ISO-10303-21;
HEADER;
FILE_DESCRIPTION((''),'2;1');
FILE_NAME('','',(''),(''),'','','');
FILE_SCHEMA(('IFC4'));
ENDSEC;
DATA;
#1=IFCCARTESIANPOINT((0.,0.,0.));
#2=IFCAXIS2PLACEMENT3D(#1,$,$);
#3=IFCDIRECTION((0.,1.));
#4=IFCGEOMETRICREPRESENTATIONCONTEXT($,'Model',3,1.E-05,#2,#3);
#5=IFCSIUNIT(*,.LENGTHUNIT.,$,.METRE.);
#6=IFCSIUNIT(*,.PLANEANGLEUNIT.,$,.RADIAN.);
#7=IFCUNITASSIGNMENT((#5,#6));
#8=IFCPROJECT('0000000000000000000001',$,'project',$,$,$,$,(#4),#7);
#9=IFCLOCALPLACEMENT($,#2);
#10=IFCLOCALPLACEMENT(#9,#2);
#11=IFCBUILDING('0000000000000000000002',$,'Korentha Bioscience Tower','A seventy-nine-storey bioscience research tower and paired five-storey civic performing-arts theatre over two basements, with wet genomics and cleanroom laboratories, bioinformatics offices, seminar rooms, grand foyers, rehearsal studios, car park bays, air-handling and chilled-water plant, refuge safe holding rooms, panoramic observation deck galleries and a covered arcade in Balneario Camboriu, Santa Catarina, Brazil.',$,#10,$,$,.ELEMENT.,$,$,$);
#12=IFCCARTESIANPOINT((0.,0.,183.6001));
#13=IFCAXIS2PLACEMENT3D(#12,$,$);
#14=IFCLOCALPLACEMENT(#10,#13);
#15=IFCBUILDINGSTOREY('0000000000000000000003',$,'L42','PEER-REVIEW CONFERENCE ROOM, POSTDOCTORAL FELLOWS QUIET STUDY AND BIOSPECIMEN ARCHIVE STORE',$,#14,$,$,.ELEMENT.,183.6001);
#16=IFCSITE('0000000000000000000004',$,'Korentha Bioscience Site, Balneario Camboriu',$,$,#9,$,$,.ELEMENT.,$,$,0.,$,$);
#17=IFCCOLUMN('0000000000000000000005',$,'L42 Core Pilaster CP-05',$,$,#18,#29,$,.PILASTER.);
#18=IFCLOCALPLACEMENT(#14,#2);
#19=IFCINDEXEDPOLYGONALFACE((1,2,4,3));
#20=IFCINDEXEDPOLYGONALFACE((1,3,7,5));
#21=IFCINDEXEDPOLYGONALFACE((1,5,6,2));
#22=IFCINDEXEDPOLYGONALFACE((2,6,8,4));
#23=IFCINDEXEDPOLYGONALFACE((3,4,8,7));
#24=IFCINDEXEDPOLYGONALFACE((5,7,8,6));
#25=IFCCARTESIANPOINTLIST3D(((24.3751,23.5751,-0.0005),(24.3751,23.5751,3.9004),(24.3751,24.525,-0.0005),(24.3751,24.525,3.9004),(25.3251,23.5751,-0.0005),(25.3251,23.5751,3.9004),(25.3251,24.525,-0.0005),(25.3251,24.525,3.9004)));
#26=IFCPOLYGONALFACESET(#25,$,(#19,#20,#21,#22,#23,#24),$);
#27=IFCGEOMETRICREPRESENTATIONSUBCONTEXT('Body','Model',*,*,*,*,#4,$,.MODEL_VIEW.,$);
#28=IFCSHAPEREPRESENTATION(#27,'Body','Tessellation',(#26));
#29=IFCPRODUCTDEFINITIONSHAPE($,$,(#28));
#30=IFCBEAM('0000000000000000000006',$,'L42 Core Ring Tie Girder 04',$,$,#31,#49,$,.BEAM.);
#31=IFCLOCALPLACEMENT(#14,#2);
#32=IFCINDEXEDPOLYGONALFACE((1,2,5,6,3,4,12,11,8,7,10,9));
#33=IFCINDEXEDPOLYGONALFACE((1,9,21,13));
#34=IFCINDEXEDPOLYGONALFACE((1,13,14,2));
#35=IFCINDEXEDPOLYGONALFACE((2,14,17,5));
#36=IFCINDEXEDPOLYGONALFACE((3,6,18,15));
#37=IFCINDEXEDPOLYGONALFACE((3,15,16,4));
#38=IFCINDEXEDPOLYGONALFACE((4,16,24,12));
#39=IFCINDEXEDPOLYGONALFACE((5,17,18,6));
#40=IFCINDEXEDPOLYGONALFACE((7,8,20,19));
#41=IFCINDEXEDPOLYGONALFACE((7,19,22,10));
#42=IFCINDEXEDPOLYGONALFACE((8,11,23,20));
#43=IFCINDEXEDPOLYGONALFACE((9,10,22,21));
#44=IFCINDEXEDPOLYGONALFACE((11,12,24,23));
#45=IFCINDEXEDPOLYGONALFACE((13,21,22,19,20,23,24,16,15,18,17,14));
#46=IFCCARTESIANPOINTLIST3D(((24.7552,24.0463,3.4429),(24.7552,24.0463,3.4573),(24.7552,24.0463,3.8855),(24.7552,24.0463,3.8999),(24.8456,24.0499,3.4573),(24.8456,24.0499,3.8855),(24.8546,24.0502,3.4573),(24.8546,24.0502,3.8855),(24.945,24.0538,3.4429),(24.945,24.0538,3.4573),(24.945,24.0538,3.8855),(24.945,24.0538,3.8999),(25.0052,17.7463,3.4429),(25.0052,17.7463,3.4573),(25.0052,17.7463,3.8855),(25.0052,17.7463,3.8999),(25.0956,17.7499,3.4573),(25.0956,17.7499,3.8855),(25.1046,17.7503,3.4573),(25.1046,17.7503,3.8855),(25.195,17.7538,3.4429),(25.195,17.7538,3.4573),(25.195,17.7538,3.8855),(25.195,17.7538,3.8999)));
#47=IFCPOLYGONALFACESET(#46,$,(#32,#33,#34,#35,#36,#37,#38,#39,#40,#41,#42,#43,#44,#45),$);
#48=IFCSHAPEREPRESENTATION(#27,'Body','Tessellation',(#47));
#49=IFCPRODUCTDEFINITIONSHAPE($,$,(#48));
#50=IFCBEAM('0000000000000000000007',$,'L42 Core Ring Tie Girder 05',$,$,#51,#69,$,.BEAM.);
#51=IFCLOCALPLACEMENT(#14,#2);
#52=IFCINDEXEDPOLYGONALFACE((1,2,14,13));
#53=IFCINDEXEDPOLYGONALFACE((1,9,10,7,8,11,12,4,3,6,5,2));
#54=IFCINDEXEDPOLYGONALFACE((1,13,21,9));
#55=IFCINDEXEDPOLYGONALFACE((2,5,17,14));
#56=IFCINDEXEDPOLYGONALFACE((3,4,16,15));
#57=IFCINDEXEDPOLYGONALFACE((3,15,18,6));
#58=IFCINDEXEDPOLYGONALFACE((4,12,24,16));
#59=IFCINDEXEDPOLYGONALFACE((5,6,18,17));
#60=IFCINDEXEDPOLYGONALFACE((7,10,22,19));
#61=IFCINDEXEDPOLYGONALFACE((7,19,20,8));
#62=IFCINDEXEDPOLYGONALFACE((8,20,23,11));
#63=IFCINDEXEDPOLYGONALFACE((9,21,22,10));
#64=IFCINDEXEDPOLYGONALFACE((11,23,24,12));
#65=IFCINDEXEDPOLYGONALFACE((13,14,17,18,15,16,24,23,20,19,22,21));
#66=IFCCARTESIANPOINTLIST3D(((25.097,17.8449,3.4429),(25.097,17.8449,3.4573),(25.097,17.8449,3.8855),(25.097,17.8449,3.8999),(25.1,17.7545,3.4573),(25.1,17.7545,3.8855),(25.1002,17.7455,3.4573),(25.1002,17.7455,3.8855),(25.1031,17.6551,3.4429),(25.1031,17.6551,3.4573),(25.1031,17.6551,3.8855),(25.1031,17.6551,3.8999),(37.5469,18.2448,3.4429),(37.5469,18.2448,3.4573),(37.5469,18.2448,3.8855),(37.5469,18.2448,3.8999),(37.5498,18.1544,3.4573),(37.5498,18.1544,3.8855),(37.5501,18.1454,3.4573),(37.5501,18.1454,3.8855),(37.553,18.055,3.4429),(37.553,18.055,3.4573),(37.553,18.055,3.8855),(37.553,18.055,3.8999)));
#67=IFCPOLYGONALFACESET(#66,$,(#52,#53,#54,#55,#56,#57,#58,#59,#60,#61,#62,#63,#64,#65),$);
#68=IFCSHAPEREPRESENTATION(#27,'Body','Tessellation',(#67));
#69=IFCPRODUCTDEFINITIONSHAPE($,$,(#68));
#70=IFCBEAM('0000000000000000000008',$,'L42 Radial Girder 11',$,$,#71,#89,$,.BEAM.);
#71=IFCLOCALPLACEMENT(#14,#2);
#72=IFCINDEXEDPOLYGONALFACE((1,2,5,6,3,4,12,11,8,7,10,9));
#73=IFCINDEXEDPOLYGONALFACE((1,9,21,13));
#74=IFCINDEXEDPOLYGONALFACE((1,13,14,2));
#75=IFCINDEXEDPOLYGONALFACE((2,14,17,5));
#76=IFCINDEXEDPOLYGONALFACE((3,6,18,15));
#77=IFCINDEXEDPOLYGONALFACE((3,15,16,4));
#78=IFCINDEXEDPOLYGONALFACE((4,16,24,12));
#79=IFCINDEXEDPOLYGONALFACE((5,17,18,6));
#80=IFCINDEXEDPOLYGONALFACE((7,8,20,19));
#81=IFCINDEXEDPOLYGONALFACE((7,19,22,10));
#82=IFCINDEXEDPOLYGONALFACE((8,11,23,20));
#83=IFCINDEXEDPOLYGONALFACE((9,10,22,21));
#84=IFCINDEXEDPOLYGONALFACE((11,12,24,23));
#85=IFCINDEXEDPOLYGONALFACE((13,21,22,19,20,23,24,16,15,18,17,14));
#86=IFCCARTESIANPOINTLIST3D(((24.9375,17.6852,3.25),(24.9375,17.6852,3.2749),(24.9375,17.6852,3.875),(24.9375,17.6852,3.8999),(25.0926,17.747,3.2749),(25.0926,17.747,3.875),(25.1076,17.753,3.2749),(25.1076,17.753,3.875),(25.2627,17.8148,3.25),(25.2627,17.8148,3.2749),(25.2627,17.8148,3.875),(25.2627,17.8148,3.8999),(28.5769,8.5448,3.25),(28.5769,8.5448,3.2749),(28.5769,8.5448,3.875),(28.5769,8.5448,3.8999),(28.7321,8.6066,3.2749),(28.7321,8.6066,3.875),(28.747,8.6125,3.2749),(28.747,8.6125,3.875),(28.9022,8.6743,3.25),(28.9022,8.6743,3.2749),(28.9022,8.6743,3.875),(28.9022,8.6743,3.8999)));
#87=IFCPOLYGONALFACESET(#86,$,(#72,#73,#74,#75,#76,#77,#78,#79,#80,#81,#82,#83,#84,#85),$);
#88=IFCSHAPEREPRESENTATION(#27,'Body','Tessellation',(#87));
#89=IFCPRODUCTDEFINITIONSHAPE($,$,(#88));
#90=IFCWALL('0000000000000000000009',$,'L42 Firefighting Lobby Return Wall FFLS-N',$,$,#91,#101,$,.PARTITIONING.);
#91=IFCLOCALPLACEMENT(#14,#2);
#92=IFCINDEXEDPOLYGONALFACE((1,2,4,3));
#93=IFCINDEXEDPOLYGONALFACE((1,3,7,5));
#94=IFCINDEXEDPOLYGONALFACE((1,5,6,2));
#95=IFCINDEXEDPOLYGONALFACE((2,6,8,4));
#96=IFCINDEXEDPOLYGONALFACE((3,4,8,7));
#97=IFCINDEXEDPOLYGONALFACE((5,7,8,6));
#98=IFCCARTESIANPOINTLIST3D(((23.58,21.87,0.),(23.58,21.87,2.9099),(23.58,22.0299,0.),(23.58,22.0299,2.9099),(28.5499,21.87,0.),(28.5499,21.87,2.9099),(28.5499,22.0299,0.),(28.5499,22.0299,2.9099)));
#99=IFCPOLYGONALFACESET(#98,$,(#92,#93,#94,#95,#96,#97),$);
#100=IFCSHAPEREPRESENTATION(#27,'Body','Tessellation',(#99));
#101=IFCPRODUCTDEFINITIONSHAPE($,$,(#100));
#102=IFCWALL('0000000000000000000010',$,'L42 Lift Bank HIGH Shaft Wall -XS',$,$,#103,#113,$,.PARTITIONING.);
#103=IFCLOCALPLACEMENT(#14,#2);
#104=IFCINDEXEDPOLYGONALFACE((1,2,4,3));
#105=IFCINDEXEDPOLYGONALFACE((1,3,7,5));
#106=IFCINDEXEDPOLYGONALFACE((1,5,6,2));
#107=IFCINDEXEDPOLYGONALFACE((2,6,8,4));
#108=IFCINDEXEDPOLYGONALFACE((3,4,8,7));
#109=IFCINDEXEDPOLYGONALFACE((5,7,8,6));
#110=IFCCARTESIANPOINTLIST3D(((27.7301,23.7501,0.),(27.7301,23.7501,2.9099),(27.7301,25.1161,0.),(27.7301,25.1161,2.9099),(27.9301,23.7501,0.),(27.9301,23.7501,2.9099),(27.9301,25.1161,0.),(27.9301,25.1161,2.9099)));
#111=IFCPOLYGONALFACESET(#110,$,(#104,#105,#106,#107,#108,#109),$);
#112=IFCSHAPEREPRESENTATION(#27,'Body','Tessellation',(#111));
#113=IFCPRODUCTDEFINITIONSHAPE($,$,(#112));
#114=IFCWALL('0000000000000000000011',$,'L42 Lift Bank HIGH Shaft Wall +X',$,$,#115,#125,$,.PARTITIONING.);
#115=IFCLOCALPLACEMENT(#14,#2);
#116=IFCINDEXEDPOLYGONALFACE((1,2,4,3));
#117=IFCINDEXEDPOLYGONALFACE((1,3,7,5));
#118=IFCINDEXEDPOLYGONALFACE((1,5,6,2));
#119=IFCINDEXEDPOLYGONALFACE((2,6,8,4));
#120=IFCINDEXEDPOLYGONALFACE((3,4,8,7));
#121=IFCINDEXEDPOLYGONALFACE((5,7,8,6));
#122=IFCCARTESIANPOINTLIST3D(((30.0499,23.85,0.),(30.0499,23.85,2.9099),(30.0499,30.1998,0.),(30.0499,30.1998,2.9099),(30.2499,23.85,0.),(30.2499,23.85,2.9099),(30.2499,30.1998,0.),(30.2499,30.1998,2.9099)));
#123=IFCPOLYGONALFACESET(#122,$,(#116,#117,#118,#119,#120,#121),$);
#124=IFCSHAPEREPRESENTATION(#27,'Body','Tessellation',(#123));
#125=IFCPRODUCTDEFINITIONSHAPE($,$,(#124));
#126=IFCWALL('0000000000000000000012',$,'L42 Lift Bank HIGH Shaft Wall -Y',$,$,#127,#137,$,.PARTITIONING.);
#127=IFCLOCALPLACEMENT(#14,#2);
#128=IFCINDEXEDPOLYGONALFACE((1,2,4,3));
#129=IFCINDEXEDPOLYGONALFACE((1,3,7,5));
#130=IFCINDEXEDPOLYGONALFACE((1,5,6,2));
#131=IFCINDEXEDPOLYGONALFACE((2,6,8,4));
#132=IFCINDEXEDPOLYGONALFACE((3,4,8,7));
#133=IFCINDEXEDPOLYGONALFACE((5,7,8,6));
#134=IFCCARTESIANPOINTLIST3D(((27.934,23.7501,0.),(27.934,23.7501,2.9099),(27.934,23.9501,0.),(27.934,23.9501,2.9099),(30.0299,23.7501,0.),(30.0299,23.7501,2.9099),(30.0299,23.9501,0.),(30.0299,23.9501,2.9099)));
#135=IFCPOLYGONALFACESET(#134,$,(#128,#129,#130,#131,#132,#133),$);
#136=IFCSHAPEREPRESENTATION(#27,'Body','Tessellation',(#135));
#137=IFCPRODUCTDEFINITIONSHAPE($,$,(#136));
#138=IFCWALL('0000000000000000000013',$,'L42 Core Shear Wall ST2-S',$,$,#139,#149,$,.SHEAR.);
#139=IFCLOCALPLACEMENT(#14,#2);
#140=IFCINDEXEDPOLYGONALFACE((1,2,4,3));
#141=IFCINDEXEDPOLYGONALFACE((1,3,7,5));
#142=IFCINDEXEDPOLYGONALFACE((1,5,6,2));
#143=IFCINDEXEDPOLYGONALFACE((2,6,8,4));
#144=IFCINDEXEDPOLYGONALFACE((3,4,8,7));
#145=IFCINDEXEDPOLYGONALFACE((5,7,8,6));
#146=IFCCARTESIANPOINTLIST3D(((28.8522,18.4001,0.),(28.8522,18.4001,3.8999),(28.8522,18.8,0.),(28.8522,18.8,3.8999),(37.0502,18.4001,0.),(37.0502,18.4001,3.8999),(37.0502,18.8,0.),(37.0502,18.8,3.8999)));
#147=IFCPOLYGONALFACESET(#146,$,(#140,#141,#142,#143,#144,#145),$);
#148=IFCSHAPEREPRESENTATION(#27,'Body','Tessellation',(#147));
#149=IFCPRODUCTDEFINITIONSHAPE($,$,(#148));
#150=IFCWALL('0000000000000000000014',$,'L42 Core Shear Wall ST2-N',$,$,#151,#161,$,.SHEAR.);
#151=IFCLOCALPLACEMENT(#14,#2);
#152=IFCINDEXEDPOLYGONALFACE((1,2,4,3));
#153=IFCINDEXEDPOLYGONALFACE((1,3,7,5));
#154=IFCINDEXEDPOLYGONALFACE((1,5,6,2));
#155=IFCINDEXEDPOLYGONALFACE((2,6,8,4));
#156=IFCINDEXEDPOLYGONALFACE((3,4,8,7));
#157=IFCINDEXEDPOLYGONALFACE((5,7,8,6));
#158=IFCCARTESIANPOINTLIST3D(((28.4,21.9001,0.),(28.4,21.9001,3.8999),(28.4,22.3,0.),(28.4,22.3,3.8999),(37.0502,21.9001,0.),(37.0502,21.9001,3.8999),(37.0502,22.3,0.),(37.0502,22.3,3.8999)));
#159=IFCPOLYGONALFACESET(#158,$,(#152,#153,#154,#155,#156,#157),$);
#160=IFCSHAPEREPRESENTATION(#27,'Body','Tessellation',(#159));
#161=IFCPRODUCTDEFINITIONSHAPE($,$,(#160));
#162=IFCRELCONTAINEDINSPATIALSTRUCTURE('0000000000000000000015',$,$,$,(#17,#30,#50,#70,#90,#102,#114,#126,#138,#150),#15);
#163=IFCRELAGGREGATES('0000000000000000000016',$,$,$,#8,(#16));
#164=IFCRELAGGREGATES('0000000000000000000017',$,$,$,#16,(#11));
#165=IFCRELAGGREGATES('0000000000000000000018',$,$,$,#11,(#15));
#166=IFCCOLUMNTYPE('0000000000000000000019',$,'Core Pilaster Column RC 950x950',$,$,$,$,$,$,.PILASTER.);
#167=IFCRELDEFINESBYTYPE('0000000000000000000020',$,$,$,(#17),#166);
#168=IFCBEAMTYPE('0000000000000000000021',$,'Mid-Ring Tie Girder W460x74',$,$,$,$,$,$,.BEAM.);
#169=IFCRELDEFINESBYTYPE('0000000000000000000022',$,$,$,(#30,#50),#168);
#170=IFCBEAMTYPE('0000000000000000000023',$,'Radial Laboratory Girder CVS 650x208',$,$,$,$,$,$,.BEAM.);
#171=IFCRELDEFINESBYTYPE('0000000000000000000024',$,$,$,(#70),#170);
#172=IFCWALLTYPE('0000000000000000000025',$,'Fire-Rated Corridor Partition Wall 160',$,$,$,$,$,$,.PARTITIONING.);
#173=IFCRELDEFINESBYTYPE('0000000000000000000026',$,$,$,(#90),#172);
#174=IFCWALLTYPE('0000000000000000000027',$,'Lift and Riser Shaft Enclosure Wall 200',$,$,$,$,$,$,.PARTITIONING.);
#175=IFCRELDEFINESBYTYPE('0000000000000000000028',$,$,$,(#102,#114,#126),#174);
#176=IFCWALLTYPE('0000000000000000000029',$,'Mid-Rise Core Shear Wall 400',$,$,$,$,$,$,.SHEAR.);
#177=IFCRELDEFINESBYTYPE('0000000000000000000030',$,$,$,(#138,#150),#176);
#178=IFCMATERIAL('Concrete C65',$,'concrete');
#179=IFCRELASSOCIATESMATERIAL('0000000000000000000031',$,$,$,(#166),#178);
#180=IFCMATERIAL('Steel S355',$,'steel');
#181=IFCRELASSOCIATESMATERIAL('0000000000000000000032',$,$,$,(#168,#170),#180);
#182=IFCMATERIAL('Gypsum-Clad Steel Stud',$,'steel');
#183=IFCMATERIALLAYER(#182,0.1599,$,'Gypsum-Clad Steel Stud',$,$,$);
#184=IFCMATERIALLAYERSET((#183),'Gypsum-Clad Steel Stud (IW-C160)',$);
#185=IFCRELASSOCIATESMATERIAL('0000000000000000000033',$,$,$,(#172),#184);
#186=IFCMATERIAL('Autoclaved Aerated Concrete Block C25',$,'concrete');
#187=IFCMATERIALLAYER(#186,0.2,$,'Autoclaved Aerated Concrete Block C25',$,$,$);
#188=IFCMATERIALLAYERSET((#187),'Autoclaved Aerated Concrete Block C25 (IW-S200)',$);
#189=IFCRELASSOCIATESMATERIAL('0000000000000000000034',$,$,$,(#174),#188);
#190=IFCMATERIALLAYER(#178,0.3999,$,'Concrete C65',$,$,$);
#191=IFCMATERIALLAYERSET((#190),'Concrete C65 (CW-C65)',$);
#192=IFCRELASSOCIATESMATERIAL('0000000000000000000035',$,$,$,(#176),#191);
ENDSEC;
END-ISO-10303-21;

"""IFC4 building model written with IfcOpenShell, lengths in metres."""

from ifc_helpers import new_model, si_unit, direction, frame, frame_2d, origin, origin_2d, place, context, subcontext, project, spatial, rectangle, i_section, extrude, material, layer, layer_set, material_profile, profile_set, type_object, element, save


model = new_model("IFC4")

# Units and contexts
model_context = context("Model", 3, precision=1e-05, world=origin(), true_north=direction((0.0, 1.0)))
body_context = subcontext(model_context, "Body", "Model", "MODEL_VIEW")
ifc_project = project(units=[si_unit("LENGTHUNIT", "METRE"), si_unit("PLANEANGLEUNIT", "RADIAN")], contexts=[model_context])

# Site, building, storey
site_placement = place(None, origin())
site = spatial("IfcSite", under=ifc_project, at=site_placement, Name="Korentha Bioscience Site, Balneario Camboriu", CompositionType="ELEMENT", RefElevation=0.0)
building_placement = place(site_placement, origin())
building = spatial("IfcBuilding", under=site, at=building_placement, Name="Korentha Bioscience Tower", Description="A seventy-nine-storey bioscience research tower and paired five-storey civic performing-arts theatre over two basements, with wet genomics and cleanroom laboratories, bioinformatics offices, seminar rooms, grand foyers, rehearsal studios, car park bays, air-handling and chilled-water plant, refuge safe holding rooms, panoramic observation deck galleries and a covered arcade in Balneario Camboriu, Santa Catarina, Brazil.", CompositionType="ELEMENT")
storey_placement = place(building_placement, frame((0.0, 0.0, 183.6001)))
storey = spatial("IfcBuildingStorey", under=building, at=storey_placement, Name="L42", Description="PEER-REVIEW CONFERENCE ROOM, POSTDOCTORAL FELLOWS QUIET STUDY AND BIOSPECIMEN ARCHIVE STORE", CompositionType="ELEMENT", Elevation=183.6001)

# Column
ifc_material_1 = material(Name="Concrete C65", Category="concrete")
ifc_material_profile_1 = material_profile(ifc_material_1, rectangle(XDim=0.95, YDim=0.95, at=origin_2d()), Name="Concrete C65")
ifc_profile_set_1 = profile_set([ifc_material_profile_1], Name="Concrete C65 (COL-CP09)")
column_type = type_object("IfcColumnType", Name="Core Pilaster Column RC 950x950", PredefinedType="PILASTER", material=ifc_profile_set_1)
column_placement = place(storey_placement, frame((24.8501, 24.05, -0.0005), z_axis=(0.0, 0.0, 1.0), x_axis=(1.0, 0.0, 0.0)))
element("IfcColumn", 1, at=column_placement, inside=storey, type_object=column_type, Name="L42 Core Pilaster CP-05", PredefinedType="PILASTER", context=body_context, shape_type="SweptSolid", body=[
    extrude(rectangle(XDim=0.95, YDim=0.95, at=origin_2d()), origin(), (0.0, 0.0, 1.0), 3.9009),
])

# Beams
ifc_material_2 = material(Name="Steel S355", Category="steel")
ifc_material_profile_2 = material_profile(ifc_material_2, i_section(OverallWidth=0.1899, OverallDepth=0.457, WebThickness=0.009, FlangeThickness=0.0144, at=origin_2d()), Name="Steel S355")
ifc_profile_set_2 = profile_set([ifc_material_profile_2], Name="Steel S355 (MB-460)")
beam_type_1 = type_object("IfcBeamType", Name="Mid-Ring Tie Girder W460x74", PredefinedType="BEAM", material=ifc_profile_set_2)
beam_1_placement = place(storey_placement, frame((24.8501, 24.05, 3.6714), z_axis=(0.039651, -0.999214, 0.0), x_axis=(0.999214, 0.039651, 0.0)))
element("IfcBeam", 2, at=beam_1_placement, inside=storey, type_object=beam_type_1, Name="L42 Core Ring Tie Girder 04", PredefinedType="BEAM", context=body_context, shape_type="SweptSolid", body=[
    extrude(i_section(OverallWidth=0.1899, OverallDepth=0.457, WebThickness=0.009, FlangeThickness=0.0144, at=origin_2d()), origin(), (0.0, 0.0, 1.0), 6.3049),
])
beam_2_placement = place(storey_placement, frame((25.1001, 17.75, 3.6714), z_axis=(0.999485, 0.032104, 0.0), x_axis=(-0.032104, 0.999485, 0.0)))
element("IfcBeam", 3, at=beam_2_placement, inside=storey, type_object=beam_type_1, Name="L42 Core Ring Tie Girder 05", PredefinedType="BEAM", context=body_context, shape_type="SweptSolid", body=[
    extrude(i_section(OverallWidth=0.1899, OverallDepth=0.457, WebThickness=0.009, FlangeThickness=0.0144, at=origin_2d()), origin(), (0.0, 0.0, 1.0), 12.4563),
])
ifc_material_profile_3 = material_profile(ifc_material_2, i_section(OverallWidth=0.3501, OverallDepth=0.6499, WebThickness=0.0161, FlangeThickness=0.0249, at=origin_2d()), Name="Steel S355")
ifc_profile_set_3 = profile_set([ifc_material_profile_3], Name="Steel S355 (RB-650)")
beam_type_2 = type_object("IfcBeamType", Name="Radial Laboratory Girder CVS 650x208", PredefinedType="BEAM", material=ifc_profile_set_3)
beam_3_placement = place(storey_placement, frame((25.1001, 17.75, 3.575), z_axis=(0.369923, -0.929063, 0.0), x_axis=(0.929063, 0.369923, 0.0)))
element("IfcBeam", 4, at=beam_3_placement, inside=storey, type_object=beam_type_2, Name="L42 Radial Girder 11", PredefinedType="BEAM", context=body_context, shape_type="SweptSolid", body=[
    extrude(i_section(OverallWidth=0.3501, OverallDepth=0.6499, WebThickness=0.0161, FlangeThickness=0.0249, at=origin_2d()), origin(), (0.0, 0.0, 1.0), 9.8384),
])

# Walls
ifc_material_3 = material(Name="Gypsum-Clad Steel Stud", Category="steel")
ifc_layer_1 = layer(ifc_material_3, 0.1599, Name="Gypsum-Clad Steel Stud")
ifc_layer_set_1 = layer_set([ifc_layer_1], Name="Gypsum-Clad Steel Stud (IW-C160)")
wall_type_1 = type_object("IfcWallType", Name="Fire-Rated Corridor Partition Wall 160", PredefinedType="PARTITIONING", material=ifc_layer_set_1)
wall_1_placement = place(storey_placement, frame((23.5801, 21.95, 0.0), z_axis=(0.0, 0.0, 1.0), x_axis=(1.0, 0.0, 0.0)))
element("IfcWall", 5, at=wall_1_placement, inside=storey, type_object=wall_type_1, Name="L42 Firefighting Lobby Return Wall FFLS-N", PredefinedType="PARTITIONING", context=body_context, shape_type="SweptSolid", body=[
    extrude(rectangle(XDim=4.97, YDim=0.1599, at=frame_2d((2.4849, 0.0))), origin(), (0.0, 0.0, 1.0), 2.9099),
])
ifc_material_4 = material(Name="Autoclaved Aerated Concrete Block C25", Category="concrete")
ifc_layer_2 = layer(ifc_material_4, 0.2, Name="Autoclaved Aerated Concrete Block C25")
ifc_layer_set_2 = layer_set([ifc_layer_2], Name="Autoclaved Aerated Concrete Block C25 (IW-S200)")
wall_type_2 = type_object("IfcWallType", Name="Lift and Riser Shaft Enclosure Wall 200", PredefinedType="PARTITIONING", material=ifc_layer_set_2)
wall_2_placement = place(storey_placement, frame((27.8301, 23.75, 0.0), z_axis=(0.0, 0.0, 1.0), x_axis=(0.0, 1.0, 0.0)))
element("IfcWall", 6, at=wall_2_placement, inside=storey, type_object=wall_type_2, Name="L42 Lift Bank HIGH Shaft Wall -XS", PredefinedType="PARTITIONING", context=body_context, shape_type="SweptSolid", body=[
    extrude(rectangle(XDim=1.366, YDim=0.2, at=frame_2d((0.6831, 0.0))), origin(), (0.0, 0.0, 1.0), 2.9099),
])
wall_3_placement = place(storey_placement, frame((30.1499, 23.8501, 0.0), z_axis=(0.0, 0.0, 1.0), x_axis=(0.0, 1.0, 0.0)))
element("IfcWall", 7, at=wall_3_placement, inside=storey, type_object=wall_type_2, Name="L42 Lift Bank HIGH Shaft Wall +X", PredefinedType="PARTITIONING", context=body_context, shape_type="SweptSolid", body=[
    extrude(rectangle(XDim=6.3499, YDim=0.2, at=frame_2d((3.1748, 0.0))), origin(), (0.0, 0.0, 1.0), 2.9099),
])
wall_4_placement = place(storey_placement, frame((27.9341, 23.8501, 0.0), z_axis=(0.0, 0.0, 1.0), x_axis=(1.0, 0.0, 0.0)))
element("IfcWall", 8, at=wall_4_placement, inside=storey, type_object=wall_type_2, Name="L42 Lift Bank HIGH Shaft Wall -Y", PredefinedType="PARTITIONING", context=body_context, shape_type="SweptSolid", body=[
    extrude(rectangle(XDim=2.0959, YDim=0.2, at=frame_2d((1.0479, 0.0))), origin(), (0.0, 0.0, 1.0), 2.9099),
])
ifc_layer_3 = layer(ifc_material_1, 0.3999, Name="Concrete C65")
ifc_layer_set_3 = layer_set([ifc_layer_3], Name="Concrete C65 (CW-C65)")
wall_type_3 = type_object("IfcWallType", Name="Mid-Rise Core Shear Wall 400", PredefinedType="SHEAR", material=ifc_layer_set_3)
wall_5_placement = place(storey_placement, frame((28.8521, 18.6001, 0.0), z_axis=(0.0, 0.0, 1.0), x_axis=(1.0, 0.0, 0.0)))
element("IfcWall", 9, at=wall_5_placement, inside=storey, type_object=wall_type_3, Name="L42 Core Shear Wall ST2-S", PredefinedType="SHEAR", context=body_context, shape_type="SweptSolid", body=[
    extrude(rectangle(XDim=8.198, YDim=0.3999, at=frame_2d((4.0991, 0.0))), origin(), (0.0, 0.0, 1.0), 3.8999),
])
wall_6_placement = place(storey_placement, frame((28.3999, 22.1001, 0.0), z_axis=(0.0, 0.0, 1.0), x_axis=(1.0, 0.0, 0.0)))
element("IfcWall", 10, at=wall_6_placement, inside=storey, type_object=wall_type_3, Name="L42 Core Shear Wall ST2-N", PredefinedType="SHEAR", context=body_context, shape_type="SweptSolid", body=[
    extrude(rectangle(XDim=8.6501, YDim=0.3999, at=frame_2d((4.3252, 0.0))), origin(), (0.0, 0.0, 1.0), 3.8999),
])

save(model, "model.ifc")
